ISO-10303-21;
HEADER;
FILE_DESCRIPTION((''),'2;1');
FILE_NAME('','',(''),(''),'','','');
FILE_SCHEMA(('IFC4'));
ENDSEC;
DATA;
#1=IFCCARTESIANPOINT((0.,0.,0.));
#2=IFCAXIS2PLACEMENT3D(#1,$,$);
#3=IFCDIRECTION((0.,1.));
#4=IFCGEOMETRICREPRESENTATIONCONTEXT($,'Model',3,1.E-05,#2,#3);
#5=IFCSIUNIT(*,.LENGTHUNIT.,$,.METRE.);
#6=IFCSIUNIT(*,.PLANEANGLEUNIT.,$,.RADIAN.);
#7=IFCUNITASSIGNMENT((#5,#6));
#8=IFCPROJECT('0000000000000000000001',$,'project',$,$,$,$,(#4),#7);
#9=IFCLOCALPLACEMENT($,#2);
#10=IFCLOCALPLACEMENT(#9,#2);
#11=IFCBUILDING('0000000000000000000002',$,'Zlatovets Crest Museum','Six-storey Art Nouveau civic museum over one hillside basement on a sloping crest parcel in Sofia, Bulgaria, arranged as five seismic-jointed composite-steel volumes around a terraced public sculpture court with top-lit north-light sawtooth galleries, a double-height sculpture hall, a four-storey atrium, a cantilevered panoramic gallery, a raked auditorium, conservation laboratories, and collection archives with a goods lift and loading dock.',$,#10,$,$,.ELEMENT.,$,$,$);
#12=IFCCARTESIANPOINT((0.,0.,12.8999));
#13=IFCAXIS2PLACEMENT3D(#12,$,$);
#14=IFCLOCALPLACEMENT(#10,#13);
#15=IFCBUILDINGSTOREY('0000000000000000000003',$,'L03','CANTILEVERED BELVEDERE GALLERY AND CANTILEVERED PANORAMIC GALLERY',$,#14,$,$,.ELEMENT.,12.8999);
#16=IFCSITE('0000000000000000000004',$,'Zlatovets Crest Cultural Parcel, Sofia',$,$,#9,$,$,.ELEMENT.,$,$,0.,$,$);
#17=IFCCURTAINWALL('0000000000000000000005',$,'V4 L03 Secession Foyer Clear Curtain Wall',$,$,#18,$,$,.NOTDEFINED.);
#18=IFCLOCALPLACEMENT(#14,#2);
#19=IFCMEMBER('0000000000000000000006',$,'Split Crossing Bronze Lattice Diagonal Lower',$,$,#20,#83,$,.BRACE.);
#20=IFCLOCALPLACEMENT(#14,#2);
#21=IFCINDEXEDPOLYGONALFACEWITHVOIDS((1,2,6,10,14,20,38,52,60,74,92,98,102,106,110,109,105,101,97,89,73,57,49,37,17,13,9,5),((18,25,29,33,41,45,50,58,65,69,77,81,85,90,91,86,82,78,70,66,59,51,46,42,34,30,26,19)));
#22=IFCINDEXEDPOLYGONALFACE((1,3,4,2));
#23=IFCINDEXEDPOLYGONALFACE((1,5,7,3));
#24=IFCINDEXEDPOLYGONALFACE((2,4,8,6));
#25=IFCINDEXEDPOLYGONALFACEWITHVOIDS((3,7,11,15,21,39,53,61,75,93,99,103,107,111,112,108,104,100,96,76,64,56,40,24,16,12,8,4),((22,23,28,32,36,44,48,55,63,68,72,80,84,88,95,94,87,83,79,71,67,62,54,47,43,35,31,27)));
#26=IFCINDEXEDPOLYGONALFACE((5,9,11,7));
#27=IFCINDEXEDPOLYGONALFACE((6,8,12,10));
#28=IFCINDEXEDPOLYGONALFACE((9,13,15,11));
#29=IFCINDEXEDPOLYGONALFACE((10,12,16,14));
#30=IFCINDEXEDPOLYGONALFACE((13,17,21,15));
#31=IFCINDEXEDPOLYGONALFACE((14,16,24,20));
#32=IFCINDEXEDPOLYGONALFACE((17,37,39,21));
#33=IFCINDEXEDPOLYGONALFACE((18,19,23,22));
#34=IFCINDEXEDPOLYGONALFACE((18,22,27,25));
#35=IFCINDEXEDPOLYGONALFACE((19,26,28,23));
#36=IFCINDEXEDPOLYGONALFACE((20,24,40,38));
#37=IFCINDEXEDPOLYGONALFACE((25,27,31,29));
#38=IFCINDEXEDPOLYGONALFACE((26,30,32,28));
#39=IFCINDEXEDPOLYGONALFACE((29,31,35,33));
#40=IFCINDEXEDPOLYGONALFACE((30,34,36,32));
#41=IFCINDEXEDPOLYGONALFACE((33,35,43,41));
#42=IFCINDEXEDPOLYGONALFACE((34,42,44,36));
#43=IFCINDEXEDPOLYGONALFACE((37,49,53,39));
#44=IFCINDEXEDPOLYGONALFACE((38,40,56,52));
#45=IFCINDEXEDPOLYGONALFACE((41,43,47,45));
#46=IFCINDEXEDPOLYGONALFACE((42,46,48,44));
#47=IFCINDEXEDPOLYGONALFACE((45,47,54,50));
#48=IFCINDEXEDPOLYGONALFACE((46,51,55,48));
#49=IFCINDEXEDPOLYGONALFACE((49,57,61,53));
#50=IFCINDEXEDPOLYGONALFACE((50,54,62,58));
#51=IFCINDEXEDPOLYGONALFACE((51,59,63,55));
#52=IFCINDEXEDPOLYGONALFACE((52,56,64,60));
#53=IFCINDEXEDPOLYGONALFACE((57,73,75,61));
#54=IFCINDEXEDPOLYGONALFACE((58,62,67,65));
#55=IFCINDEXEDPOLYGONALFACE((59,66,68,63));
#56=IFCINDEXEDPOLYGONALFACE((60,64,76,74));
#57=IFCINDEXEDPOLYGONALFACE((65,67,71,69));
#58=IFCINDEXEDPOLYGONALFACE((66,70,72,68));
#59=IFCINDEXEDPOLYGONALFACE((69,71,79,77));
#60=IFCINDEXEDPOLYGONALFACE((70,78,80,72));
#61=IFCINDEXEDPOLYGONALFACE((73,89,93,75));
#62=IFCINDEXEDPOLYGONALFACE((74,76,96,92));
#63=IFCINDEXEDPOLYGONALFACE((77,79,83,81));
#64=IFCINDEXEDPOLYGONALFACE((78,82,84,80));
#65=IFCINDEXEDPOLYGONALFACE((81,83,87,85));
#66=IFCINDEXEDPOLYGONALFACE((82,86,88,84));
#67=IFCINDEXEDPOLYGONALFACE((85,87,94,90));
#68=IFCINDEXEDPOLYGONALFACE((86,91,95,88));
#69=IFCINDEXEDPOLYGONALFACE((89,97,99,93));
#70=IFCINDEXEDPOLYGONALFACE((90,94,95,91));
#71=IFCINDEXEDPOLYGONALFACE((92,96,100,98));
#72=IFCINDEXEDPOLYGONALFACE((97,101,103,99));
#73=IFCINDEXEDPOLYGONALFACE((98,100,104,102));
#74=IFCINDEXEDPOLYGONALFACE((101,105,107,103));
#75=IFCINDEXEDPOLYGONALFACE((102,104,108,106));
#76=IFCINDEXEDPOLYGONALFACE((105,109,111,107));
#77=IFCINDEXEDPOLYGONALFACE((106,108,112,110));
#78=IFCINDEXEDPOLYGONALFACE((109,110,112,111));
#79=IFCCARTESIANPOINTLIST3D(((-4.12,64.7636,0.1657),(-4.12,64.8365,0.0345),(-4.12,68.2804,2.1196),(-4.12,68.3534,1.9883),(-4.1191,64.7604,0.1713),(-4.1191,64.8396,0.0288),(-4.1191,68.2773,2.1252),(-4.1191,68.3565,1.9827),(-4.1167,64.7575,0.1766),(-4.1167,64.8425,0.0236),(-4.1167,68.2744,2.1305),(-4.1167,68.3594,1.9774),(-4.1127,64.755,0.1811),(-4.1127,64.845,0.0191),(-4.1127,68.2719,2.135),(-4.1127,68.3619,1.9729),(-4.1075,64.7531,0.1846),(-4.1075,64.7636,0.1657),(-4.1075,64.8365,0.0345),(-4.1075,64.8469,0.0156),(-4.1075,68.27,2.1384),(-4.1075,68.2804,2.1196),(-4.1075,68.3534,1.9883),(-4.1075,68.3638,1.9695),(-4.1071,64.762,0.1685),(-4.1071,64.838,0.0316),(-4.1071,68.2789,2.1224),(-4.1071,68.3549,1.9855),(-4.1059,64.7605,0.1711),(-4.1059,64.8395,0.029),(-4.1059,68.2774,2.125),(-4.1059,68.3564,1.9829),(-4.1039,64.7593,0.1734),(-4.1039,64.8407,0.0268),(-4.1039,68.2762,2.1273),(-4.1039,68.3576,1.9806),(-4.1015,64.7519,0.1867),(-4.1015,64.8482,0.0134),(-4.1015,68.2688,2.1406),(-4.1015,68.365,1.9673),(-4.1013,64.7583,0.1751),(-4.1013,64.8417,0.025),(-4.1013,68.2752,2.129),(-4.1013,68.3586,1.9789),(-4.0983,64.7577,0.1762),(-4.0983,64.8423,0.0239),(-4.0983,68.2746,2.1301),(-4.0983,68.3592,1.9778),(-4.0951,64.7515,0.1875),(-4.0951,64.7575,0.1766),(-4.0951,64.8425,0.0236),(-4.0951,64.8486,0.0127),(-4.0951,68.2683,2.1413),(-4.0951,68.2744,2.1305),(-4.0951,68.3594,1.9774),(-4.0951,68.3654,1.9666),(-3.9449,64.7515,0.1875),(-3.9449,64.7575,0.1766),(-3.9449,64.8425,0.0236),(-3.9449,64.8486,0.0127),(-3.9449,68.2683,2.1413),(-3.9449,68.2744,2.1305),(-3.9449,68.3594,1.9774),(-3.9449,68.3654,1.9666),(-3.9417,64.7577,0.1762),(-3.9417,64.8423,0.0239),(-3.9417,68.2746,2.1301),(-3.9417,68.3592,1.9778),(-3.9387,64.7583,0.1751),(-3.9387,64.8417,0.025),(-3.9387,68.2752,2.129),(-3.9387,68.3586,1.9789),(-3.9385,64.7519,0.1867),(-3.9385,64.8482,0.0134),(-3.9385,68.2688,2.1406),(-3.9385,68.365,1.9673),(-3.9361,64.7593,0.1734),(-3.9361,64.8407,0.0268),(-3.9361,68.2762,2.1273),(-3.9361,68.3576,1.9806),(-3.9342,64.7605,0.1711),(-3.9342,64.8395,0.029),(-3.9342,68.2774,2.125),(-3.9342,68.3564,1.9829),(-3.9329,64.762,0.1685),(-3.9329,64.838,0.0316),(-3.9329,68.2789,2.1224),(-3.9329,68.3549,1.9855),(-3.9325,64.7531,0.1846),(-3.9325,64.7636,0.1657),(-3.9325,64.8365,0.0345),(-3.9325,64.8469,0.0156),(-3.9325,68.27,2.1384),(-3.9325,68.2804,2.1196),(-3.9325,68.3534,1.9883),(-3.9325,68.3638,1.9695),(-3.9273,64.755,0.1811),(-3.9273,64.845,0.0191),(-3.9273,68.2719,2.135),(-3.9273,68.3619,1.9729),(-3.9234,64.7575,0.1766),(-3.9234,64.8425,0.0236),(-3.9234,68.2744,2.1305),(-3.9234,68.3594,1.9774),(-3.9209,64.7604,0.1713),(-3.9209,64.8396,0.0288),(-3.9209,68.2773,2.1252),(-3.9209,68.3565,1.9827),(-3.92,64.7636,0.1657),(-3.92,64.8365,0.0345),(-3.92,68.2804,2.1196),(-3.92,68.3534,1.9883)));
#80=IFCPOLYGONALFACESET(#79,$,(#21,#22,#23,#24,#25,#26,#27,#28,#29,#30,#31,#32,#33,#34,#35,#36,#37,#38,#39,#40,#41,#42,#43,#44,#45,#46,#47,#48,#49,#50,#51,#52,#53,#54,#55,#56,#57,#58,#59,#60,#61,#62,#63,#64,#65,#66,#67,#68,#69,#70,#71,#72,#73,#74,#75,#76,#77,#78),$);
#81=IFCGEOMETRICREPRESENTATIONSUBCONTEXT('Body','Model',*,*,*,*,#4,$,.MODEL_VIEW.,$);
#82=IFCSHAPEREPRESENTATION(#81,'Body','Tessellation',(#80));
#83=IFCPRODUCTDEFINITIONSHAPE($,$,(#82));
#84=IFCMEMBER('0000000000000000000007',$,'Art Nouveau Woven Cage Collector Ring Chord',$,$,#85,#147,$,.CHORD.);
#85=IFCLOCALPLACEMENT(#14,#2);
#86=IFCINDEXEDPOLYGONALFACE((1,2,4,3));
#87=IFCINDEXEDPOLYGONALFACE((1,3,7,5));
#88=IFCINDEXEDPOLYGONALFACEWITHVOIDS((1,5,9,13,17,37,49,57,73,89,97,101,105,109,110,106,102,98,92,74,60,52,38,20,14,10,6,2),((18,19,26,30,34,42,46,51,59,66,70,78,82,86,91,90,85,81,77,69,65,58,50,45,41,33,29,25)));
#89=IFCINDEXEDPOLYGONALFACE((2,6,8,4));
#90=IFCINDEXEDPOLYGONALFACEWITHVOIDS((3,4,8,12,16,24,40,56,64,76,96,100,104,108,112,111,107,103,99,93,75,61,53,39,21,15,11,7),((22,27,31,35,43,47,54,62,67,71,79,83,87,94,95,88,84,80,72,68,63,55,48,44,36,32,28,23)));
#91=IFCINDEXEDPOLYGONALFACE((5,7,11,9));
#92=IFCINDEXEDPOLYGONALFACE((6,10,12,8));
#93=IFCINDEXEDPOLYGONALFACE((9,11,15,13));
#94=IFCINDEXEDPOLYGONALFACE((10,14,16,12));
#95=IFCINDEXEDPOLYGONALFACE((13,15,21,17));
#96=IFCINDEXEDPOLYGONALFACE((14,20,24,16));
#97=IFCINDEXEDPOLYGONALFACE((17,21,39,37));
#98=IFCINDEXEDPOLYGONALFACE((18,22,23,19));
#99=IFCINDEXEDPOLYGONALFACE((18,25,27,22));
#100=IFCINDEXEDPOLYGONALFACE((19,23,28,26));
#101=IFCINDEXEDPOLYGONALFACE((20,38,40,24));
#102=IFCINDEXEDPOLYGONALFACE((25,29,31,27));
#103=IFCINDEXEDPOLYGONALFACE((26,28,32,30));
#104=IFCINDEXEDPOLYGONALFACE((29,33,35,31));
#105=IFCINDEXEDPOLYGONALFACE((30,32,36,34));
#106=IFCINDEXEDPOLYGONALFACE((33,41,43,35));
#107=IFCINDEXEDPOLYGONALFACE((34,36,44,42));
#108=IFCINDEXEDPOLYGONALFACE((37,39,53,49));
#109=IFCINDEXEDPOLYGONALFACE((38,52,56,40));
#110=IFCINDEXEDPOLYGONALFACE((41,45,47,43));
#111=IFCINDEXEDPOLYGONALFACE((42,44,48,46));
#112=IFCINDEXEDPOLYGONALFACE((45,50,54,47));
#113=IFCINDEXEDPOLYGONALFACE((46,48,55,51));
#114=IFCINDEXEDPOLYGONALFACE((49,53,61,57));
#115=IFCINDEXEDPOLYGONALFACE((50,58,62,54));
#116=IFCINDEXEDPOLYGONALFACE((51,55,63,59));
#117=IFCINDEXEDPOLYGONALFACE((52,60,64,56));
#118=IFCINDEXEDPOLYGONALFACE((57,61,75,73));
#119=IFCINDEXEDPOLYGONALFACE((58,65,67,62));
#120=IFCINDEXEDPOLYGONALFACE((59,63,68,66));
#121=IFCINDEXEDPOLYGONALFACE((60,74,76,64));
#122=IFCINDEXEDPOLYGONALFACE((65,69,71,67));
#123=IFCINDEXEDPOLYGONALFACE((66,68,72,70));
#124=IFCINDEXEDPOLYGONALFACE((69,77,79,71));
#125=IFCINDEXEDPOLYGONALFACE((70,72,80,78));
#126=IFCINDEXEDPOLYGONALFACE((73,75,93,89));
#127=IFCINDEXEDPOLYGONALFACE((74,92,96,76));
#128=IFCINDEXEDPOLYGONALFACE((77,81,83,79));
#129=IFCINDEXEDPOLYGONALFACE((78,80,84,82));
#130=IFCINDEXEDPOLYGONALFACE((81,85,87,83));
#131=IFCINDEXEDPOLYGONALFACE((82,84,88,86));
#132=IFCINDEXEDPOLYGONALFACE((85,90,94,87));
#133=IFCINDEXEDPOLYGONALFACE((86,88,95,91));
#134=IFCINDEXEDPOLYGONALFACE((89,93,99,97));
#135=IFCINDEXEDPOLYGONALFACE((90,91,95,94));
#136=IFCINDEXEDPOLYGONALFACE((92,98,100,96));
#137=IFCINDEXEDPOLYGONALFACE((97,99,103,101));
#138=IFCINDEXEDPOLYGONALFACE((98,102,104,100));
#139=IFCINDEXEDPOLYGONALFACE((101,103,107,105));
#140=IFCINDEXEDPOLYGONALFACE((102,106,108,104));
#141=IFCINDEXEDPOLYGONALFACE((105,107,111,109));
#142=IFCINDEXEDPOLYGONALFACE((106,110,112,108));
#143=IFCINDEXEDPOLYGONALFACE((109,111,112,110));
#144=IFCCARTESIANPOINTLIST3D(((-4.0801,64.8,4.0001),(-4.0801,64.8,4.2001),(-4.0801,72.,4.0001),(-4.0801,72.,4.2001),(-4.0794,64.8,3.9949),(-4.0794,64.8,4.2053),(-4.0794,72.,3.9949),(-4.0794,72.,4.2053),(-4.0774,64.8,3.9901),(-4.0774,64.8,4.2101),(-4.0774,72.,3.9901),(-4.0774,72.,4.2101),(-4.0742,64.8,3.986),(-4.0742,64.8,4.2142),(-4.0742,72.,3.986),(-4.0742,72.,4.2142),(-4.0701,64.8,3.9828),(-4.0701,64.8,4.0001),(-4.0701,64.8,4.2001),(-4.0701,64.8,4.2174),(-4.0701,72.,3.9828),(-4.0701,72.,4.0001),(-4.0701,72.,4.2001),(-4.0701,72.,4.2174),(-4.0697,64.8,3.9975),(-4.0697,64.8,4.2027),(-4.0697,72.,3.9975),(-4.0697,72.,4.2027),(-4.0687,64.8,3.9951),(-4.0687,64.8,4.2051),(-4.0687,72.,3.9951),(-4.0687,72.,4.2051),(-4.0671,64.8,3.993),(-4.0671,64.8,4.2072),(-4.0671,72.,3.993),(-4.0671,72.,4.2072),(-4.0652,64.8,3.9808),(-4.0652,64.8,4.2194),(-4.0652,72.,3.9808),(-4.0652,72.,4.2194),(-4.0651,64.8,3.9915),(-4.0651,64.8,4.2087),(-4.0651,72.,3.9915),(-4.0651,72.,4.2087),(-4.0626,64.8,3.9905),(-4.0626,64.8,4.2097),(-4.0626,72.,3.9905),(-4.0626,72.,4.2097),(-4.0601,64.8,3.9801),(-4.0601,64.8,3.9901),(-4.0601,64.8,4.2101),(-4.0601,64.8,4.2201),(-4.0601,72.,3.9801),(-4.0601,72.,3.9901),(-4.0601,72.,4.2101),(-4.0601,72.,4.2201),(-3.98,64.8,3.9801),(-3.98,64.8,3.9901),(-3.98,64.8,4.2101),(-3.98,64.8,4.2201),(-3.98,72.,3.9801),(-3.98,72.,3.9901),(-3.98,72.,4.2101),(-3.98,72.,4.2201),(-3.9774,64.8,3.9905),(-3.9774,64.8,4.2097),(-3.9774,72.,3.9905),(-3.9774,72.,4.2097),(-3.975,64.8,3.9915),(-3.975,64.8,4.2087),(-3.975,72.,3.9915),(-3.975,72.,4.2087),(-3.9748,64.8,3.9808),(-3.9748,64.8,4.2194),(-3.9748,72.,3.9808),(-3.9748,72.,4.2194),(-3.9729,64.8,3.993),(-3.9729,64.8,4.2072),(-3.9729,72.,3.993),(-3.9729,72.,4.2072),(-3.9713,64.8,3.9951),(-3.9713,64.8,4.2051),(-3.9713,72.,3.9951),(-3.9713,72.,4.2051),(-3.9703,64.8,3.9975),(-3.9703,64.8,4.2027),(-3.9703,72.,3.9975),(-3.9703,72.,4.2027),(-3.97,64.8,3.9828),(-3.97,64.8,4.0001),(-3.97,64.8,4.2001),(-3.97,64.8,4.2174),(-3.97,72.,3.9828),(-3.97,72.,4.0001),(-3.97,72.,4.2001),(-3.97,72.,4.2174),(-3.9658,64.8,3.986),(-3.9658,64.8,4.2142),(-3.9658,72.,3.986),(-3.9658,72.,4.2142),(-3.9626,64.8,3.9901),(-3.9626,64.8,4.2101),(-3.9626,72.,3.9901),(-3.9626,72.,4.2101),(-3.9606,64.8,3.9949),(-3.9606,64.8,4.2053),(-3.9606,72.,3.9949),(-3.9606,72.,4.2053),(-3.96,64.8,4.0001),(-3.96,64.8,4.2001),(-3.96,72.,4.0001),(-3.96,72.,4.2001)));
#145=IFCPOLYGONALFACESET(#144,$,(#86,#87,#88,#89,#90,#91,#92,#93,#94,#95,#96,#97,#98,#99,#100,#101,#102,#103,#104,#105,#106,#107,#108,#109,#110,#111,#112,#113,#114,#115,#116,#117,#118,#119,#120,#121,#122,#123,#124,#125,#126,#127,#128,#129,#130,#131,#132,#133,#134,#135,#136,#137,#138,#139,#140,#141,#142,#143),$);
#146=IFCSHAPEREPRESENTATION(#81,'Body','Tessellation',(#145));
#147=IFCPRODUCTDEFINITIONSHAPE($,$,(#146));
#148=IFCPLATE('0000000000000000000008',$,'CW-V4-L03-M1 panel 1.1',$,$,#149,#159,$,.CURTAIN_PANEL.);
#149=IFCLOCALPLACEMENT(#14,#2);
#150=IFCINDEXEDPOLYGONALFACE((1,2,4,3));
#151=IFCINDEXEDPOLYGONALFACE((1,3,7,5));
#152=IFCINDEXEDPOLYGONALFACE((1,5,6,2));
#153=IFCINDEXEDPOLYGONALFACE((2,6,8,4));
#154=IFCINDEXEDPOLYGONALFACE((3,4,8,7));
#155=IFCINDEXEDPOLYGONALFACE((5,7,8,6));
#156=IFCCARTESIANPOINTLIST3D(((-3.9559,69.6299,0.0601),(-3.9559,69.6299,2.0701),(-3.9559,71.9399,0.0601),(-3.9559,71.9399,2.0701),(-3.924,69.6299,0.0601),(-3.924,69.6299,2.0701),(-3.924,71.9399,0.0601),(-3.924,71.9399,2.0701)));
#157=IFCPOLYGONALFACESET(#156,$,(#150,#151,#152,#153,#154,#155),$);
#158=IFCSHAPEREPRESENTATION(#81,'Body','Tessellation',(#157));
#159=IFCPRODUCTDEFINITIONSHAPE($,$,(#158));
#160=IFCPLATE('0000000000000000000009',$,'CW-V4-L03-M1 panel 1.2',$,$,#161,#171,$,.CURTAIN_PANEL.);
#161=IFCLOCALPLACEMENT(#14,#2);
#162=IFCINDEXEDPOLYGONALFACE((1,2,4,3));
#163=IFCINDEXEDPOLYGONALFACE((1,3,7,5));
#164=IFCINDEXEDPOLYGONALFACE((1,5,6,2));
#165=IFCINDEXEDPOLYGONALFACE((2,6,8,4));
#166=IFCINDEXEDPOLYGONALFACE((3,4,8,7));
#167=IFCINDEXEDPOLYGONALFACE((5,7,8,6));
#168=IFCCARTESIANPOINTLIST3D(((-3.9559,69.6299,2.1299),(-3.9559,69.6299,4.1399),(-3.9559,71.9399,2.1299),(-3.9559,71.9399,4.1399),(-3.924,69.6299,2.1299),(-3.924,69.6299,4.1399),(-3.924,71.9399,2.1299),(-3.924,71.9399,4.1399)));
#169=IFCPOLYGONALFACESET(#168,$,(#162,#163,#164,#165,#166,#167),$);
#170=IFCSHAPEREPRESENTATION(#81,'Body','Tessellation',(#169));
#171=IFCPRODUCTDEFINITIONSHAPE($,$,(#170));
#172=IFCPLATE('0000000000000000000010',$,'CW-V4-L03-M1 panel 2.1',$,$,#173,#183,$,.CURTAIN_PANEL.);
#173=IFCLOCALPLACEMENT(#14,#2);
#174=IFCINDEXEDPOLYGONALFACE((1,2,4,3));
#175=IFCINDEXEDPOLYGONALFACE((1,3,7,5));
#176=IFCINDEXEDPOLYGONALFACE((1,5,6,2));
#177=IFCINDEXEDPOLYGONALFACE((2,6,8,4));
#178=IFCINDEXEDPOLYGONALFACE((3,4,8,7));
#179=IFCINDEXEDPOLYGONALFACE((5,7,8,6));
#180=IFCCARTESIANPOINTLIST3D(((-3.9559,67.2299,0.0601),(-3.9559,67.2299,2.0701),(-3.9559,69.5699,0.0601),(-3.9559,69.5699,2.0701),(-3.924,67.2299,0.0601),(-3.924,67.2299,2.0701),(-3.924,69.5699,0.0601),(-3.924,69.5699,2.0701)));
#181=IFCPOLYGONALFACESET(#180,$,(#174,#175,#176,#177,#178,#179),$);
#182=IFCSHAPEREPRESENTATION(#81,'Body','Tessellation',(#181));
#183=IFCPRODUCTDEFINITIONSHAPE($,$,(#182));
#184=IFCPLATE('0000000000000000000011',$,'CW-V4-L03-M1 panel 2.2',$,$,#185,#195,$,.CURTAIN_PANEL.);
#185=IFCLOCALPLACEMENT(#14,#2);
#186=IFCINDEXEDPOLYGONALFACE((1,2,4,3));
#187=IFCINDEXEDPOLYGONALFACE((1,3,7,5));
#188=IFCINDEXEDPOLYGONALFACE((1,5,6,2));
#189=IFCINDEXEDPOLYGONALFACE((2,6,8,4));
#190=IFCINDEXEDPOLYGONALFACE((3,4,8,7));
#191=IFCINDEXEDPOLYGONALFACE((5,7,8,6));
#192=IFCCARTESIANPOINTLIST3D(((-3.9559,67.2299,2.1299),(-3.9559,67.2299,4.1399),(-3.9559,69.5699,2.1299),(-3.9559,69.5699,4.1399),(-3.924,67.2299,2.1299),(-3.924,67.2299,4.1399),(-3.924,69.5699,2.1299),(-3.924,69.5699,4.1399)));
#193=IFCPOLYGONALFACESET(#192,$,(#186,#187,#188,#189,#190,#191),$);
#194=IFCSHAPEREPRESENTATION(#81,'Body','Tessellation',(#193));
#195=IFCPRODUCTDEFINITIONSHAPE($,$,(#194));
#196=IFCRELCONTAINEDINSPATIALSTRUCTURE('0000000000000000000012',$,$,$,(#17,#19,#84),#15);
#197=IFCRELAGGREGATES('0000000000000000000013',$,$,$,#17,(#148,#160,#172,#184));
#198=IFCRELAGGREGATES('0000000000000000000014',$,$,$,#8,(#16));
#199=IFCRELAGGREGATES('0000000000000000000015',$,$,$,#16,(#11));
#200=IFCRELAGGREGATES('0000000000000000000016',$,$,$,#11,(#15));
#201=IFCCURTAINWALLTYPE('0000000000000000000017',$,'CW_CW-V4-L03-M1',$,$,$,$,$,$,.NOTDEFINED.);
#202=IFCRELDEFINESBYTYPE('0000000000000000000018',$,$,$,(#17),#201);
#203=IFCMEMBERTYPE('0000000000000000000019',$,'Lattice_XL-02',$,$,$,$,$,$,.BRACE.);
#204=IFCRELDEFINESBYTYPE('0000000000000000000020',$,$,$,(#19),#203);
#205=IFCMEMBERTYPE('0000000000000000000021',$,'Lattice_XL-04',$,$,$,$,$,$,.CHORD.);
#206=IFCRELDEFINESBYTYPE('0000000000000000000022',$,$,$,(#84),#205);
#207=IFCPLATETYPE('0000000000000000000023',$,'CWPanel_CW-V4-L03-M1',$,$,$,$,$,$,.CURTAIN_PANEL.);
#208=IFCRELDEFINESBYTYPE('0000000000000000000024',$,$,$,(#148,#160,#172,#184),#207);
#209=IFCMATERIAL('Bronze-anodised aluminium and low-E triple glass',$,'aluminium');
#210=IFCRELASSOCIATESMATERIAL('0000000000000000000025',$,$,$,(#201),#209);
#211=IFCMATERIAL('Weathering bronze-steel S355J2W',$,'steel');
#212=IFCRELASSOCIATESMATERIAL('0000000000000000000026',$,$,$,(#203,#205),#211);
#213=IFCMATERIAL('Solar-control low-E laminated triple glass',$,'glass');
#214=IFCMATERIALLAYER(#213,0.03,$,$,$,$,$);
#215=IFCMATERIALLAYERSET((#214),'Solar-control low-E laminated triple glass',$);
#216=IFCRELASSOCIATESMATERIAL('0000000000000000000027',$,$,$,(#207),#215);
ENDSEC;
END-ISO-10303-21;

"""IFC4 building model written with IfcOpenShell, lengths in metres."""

from ifc_helpers import new_model, si_unit, direction, frame, origin, origin_2d, place, context, subcontext, project, spatial, rectangle, hollow_rectangle, extrude, material, layer, layer_set, material_profile, profile_set, type_object, element, aggregate, save


model = new_model("IFC4")

# Units and contexts
model_context = context("Model", 3, precision=1e-05, world=origin(), true_north=direction((0.0, 1.0)))
body_context = subcontext(model_context, "Body", "Model", "MODEL_VIEW")
ifc_project = project(units=[si_unit("LENGTHUNIT", "METRE"), si_unit("PLANEANGLEUNIT", "RADIAN")], contexts=[model_context])

# Site, building, storey
site_placement = place(None, origin())
site = spatial("IfcSite", under=ifc_project, at=site_placement, Name="Zlatovets Crest Cultural Parcel, Sofia", CompositionType="ELEMENT", RefElevation=0.0)
building_placement = place(site_placement, origin())
building = spatial("IfcBuilding", under=site, at=building_placement, Name="Zlatovets Crest Museum", Description="Six-storey Art Nouveau civic museum over one hillside basement on a sloping crest parcel in Sofia, Bulgaria, arranged as five seismic-jointed composite-steel volumes around a terraced public sculpture court with top-lit north-light sawtooth galleries, a double-height sculpture hall, a four-storey atrium, a cantilevered panoramic gallery, a raked auditorium, conservation laboratories, and collection archives with a goods lift and loading dock.", CompositionType="ELEMENT")
storey_placement = place(building_placement, frame((0.0, 0.0, 12.8999)))
storey = spatial("IfcBuildingStorey", under=building, at=storey_placement, Name="L03", Description="CANTILEVERED BELVEDERE GALLERY AND CANTILEVERED PANORAMIC GALLERY", CompositionType="ELEMENT", Elevation=12.8999)

# Curtain wall
ifc_material_1 = material(Name="Bronze-anodised aluminium and low-E triple glass", Category="aluminium")
curtain_wall_type = type_object("IfcCurtainWallType", Name="CW_CW-V4-L03-M1", PredefinedType="NOTDEFINED", material=ifc_material_1)
curtain_wall_placement = place(storey_placement, origin())
curtain_wall = element("IfcCurtainWall", 1, at=curtain_wall_placement, inside=storey, type_object=curtain_wall_type, Name="V4 L03 Secession Foyer Clear Curtain Wall", PredefinedType="NOTDEFINED")

# Members
ifc_material_2 = material(Name="Weathering bronze-steel S355J2W", Category="steel")
ifc_material_profile_1 = material_profile(ifc_material_2, hollow_rectangle(XDim=0.2, YDim=0.2, WallThickness=0.0125, InnerFilletRadius=0.0125, OuterFilletRadius=0.0249, at=origin_2d()), Name="SHS 200x200x12.5")
ifc_profile_set_1 = profile_set([ifc_material_profile_1], Name="Weathering bronze-steel S355J2W")
member_type_1 = type_object("IfcMemberType", Name="Lattice_XL-02", PredefinedType="BRACE", material=ifc_profile_set_1)
member_1_placement = place(storey_placement, frame((-4.02, 68.3169, 2.054), z_axis=(0.0, -0.874152, -0.485653), x_axis=(1.0, 0.0, 0.0)))
element("IfcMember", 2, at=member_1_placement, inside=storey, type_object=member_type_1, Name="Split Crossing Bronze Lattice Diagonal Lower", PredefinedType="BRACE", context=body_context, shape_type="SweptSolid", body=[
    extrude(hollow_rectangle(XDim=0.2, YDim=0.2, WallThickness=0.0125, InnerFilletRadius=0.0125, OuterFilletRadius=0.0249, at=origin_2d()), origin(), (0.0, 0.0, 1.0), 4.0232),
])
ifc_material_profile_2 = material_profile(ifc_material_2, hollow_rectangle(XDim=0.1201, YDim=0.24, WallThickness=0.01, InnerFilletRadius=0.01, OuterFilletRadius=0.02, at=origin_2d()), Name="RHS 120x240x10.0")
ifc_profile_set_2 = profile_set([ifc_material_profile_2], Name="Weathering bronze-steel S355J2W")
member_type_2 = type_object("IfcMemberType", Name="Lattice_XL-04", PredefinedType="CHORD", material=ifc_profile_set_2)
member_2_placement = place(storey_placement, frame((-4.02, 72.0, 4.1001), z_axis=(0.0, -1.0, 0.0), x_axis=(1.0, 0.0, 0.0)))
element("IfcMember", 3, at=member_2_placement, inside=storey, type_object=member_type_2, Name="Art Nouveau Woven Cage Collector Ring Chord", PredefinedType="CHORD", context=body_context, shape_type="SweptSolid", body=[
    extrude(hollow_rectangle(XDim=0.1201, YDim=0.24, WallThickness=0.01, InnerFilletRadius=0.01, OuterFilletRadius=0.02, at=origin_2d()), origin(), (0.0, 0.0, 1.0), 7.2),
])

# Plates
ifc_material_3 = material(Name="Solar-control low-E laminated triple glass", Category="glass")
ifc_layer_1 = layer(ifc_material_3, 0.03)
ifc_layer_set_1 = layer_set([ifc_layer_1], Name="Solar-control low-E laminated triple glass")
plate_type_1 = type_object("IfcPlateType", Name="CWPanel_CW-V4-L03-M1", PredefinedType="CURTAIN_PANEL", material=ifc_layer_set_1)
plate_1_placement = place(storey_placement, frame((-3.9399, 70.7849, 0.0601), z_axis=(0.0, 0.0, 1.0), x_axis=(0.0, -1.0, 0.0)))
plate_1 = element("IfcPlate", 4, at=plate_1_placement, type_object=plate_type_1, Name="CW-V4-L03-M1 panel 1.1", PredefinedType="CURTAIN_PANEL", context=body_context, shape_type="SweptSolid", body=[
    extrude(rectangle(XDim=2.3101, YDim=0.032, at=origin_2d()), origin(), (0.0, 0.0, 1.0), 2.01),
])
plate_2_placement = place(storey_placement, frame((-3.9399, 70.7849, 2.1299), z_axis=(0.0, 0.0, 1.0), x_axis=(0.0, -1.0, 0.0)))
plate_2 = element("IfcPlate", 5, at=plate_2_placement, type_object=plate_type_1, Name="CW-V4-L03-M1 panel 1.2", PredefinedType="CURTAIN_PANEL", context=body_context, shape_type="SweptSolid", body=[
    extrude(rectangle(XDim=2.3101, YDim=0.032, at=origin_2d()), origin(), (0.0, 0.0, 1.0), 2.01),
])
plate_3_placement = place(storey_placement, frame((-3.9399, 68.3999, 0.0601), z_axis=(0.0, 0.0, 1.0), x_axis=(0.0, -1.0, 0.0)))
plate_3 = element("IfcPlate", 6, at=plate_3_placement, type_object=plate_type_1, Name="CW-V4-L03-M1 panel 2.1", PredefinedType="CURTAIN_PANEL", context=body_context, shape_type="SweptSolid", body=[
    extrude(rectangle(XDim=2.3401, YDim=0.032, at=origin_2d()), origin(), (0.0, 0.0, 1.0), 2.01),
])
plate_4_placement = place(storey_placement, frame((-3.9399, 68.3999, 2.1299), z_axis=(0.0, 0.0, 1.0), x_axis=(0.0, -1.0, 0.0)))
plate_4 = element("IfcPlate", 7, at=plate_4_placement, type_object=plate_type_1, Name="CW-V4-L03-M1 panel 2.2", PredefinedType="CURTAIN_PANEL", context=body_context, shape_type="SweptSolid", body=[
    extrude(rectangle(XDim=2.3401, YDim=0.032, at=origin_2d()), origin(), (0.0, 0.0, 1.0), 2.01),
])
aggregate(curtain_wall, [plate_1, plate_2, plate_3, plate_4])

save(model, "model.ifc")
